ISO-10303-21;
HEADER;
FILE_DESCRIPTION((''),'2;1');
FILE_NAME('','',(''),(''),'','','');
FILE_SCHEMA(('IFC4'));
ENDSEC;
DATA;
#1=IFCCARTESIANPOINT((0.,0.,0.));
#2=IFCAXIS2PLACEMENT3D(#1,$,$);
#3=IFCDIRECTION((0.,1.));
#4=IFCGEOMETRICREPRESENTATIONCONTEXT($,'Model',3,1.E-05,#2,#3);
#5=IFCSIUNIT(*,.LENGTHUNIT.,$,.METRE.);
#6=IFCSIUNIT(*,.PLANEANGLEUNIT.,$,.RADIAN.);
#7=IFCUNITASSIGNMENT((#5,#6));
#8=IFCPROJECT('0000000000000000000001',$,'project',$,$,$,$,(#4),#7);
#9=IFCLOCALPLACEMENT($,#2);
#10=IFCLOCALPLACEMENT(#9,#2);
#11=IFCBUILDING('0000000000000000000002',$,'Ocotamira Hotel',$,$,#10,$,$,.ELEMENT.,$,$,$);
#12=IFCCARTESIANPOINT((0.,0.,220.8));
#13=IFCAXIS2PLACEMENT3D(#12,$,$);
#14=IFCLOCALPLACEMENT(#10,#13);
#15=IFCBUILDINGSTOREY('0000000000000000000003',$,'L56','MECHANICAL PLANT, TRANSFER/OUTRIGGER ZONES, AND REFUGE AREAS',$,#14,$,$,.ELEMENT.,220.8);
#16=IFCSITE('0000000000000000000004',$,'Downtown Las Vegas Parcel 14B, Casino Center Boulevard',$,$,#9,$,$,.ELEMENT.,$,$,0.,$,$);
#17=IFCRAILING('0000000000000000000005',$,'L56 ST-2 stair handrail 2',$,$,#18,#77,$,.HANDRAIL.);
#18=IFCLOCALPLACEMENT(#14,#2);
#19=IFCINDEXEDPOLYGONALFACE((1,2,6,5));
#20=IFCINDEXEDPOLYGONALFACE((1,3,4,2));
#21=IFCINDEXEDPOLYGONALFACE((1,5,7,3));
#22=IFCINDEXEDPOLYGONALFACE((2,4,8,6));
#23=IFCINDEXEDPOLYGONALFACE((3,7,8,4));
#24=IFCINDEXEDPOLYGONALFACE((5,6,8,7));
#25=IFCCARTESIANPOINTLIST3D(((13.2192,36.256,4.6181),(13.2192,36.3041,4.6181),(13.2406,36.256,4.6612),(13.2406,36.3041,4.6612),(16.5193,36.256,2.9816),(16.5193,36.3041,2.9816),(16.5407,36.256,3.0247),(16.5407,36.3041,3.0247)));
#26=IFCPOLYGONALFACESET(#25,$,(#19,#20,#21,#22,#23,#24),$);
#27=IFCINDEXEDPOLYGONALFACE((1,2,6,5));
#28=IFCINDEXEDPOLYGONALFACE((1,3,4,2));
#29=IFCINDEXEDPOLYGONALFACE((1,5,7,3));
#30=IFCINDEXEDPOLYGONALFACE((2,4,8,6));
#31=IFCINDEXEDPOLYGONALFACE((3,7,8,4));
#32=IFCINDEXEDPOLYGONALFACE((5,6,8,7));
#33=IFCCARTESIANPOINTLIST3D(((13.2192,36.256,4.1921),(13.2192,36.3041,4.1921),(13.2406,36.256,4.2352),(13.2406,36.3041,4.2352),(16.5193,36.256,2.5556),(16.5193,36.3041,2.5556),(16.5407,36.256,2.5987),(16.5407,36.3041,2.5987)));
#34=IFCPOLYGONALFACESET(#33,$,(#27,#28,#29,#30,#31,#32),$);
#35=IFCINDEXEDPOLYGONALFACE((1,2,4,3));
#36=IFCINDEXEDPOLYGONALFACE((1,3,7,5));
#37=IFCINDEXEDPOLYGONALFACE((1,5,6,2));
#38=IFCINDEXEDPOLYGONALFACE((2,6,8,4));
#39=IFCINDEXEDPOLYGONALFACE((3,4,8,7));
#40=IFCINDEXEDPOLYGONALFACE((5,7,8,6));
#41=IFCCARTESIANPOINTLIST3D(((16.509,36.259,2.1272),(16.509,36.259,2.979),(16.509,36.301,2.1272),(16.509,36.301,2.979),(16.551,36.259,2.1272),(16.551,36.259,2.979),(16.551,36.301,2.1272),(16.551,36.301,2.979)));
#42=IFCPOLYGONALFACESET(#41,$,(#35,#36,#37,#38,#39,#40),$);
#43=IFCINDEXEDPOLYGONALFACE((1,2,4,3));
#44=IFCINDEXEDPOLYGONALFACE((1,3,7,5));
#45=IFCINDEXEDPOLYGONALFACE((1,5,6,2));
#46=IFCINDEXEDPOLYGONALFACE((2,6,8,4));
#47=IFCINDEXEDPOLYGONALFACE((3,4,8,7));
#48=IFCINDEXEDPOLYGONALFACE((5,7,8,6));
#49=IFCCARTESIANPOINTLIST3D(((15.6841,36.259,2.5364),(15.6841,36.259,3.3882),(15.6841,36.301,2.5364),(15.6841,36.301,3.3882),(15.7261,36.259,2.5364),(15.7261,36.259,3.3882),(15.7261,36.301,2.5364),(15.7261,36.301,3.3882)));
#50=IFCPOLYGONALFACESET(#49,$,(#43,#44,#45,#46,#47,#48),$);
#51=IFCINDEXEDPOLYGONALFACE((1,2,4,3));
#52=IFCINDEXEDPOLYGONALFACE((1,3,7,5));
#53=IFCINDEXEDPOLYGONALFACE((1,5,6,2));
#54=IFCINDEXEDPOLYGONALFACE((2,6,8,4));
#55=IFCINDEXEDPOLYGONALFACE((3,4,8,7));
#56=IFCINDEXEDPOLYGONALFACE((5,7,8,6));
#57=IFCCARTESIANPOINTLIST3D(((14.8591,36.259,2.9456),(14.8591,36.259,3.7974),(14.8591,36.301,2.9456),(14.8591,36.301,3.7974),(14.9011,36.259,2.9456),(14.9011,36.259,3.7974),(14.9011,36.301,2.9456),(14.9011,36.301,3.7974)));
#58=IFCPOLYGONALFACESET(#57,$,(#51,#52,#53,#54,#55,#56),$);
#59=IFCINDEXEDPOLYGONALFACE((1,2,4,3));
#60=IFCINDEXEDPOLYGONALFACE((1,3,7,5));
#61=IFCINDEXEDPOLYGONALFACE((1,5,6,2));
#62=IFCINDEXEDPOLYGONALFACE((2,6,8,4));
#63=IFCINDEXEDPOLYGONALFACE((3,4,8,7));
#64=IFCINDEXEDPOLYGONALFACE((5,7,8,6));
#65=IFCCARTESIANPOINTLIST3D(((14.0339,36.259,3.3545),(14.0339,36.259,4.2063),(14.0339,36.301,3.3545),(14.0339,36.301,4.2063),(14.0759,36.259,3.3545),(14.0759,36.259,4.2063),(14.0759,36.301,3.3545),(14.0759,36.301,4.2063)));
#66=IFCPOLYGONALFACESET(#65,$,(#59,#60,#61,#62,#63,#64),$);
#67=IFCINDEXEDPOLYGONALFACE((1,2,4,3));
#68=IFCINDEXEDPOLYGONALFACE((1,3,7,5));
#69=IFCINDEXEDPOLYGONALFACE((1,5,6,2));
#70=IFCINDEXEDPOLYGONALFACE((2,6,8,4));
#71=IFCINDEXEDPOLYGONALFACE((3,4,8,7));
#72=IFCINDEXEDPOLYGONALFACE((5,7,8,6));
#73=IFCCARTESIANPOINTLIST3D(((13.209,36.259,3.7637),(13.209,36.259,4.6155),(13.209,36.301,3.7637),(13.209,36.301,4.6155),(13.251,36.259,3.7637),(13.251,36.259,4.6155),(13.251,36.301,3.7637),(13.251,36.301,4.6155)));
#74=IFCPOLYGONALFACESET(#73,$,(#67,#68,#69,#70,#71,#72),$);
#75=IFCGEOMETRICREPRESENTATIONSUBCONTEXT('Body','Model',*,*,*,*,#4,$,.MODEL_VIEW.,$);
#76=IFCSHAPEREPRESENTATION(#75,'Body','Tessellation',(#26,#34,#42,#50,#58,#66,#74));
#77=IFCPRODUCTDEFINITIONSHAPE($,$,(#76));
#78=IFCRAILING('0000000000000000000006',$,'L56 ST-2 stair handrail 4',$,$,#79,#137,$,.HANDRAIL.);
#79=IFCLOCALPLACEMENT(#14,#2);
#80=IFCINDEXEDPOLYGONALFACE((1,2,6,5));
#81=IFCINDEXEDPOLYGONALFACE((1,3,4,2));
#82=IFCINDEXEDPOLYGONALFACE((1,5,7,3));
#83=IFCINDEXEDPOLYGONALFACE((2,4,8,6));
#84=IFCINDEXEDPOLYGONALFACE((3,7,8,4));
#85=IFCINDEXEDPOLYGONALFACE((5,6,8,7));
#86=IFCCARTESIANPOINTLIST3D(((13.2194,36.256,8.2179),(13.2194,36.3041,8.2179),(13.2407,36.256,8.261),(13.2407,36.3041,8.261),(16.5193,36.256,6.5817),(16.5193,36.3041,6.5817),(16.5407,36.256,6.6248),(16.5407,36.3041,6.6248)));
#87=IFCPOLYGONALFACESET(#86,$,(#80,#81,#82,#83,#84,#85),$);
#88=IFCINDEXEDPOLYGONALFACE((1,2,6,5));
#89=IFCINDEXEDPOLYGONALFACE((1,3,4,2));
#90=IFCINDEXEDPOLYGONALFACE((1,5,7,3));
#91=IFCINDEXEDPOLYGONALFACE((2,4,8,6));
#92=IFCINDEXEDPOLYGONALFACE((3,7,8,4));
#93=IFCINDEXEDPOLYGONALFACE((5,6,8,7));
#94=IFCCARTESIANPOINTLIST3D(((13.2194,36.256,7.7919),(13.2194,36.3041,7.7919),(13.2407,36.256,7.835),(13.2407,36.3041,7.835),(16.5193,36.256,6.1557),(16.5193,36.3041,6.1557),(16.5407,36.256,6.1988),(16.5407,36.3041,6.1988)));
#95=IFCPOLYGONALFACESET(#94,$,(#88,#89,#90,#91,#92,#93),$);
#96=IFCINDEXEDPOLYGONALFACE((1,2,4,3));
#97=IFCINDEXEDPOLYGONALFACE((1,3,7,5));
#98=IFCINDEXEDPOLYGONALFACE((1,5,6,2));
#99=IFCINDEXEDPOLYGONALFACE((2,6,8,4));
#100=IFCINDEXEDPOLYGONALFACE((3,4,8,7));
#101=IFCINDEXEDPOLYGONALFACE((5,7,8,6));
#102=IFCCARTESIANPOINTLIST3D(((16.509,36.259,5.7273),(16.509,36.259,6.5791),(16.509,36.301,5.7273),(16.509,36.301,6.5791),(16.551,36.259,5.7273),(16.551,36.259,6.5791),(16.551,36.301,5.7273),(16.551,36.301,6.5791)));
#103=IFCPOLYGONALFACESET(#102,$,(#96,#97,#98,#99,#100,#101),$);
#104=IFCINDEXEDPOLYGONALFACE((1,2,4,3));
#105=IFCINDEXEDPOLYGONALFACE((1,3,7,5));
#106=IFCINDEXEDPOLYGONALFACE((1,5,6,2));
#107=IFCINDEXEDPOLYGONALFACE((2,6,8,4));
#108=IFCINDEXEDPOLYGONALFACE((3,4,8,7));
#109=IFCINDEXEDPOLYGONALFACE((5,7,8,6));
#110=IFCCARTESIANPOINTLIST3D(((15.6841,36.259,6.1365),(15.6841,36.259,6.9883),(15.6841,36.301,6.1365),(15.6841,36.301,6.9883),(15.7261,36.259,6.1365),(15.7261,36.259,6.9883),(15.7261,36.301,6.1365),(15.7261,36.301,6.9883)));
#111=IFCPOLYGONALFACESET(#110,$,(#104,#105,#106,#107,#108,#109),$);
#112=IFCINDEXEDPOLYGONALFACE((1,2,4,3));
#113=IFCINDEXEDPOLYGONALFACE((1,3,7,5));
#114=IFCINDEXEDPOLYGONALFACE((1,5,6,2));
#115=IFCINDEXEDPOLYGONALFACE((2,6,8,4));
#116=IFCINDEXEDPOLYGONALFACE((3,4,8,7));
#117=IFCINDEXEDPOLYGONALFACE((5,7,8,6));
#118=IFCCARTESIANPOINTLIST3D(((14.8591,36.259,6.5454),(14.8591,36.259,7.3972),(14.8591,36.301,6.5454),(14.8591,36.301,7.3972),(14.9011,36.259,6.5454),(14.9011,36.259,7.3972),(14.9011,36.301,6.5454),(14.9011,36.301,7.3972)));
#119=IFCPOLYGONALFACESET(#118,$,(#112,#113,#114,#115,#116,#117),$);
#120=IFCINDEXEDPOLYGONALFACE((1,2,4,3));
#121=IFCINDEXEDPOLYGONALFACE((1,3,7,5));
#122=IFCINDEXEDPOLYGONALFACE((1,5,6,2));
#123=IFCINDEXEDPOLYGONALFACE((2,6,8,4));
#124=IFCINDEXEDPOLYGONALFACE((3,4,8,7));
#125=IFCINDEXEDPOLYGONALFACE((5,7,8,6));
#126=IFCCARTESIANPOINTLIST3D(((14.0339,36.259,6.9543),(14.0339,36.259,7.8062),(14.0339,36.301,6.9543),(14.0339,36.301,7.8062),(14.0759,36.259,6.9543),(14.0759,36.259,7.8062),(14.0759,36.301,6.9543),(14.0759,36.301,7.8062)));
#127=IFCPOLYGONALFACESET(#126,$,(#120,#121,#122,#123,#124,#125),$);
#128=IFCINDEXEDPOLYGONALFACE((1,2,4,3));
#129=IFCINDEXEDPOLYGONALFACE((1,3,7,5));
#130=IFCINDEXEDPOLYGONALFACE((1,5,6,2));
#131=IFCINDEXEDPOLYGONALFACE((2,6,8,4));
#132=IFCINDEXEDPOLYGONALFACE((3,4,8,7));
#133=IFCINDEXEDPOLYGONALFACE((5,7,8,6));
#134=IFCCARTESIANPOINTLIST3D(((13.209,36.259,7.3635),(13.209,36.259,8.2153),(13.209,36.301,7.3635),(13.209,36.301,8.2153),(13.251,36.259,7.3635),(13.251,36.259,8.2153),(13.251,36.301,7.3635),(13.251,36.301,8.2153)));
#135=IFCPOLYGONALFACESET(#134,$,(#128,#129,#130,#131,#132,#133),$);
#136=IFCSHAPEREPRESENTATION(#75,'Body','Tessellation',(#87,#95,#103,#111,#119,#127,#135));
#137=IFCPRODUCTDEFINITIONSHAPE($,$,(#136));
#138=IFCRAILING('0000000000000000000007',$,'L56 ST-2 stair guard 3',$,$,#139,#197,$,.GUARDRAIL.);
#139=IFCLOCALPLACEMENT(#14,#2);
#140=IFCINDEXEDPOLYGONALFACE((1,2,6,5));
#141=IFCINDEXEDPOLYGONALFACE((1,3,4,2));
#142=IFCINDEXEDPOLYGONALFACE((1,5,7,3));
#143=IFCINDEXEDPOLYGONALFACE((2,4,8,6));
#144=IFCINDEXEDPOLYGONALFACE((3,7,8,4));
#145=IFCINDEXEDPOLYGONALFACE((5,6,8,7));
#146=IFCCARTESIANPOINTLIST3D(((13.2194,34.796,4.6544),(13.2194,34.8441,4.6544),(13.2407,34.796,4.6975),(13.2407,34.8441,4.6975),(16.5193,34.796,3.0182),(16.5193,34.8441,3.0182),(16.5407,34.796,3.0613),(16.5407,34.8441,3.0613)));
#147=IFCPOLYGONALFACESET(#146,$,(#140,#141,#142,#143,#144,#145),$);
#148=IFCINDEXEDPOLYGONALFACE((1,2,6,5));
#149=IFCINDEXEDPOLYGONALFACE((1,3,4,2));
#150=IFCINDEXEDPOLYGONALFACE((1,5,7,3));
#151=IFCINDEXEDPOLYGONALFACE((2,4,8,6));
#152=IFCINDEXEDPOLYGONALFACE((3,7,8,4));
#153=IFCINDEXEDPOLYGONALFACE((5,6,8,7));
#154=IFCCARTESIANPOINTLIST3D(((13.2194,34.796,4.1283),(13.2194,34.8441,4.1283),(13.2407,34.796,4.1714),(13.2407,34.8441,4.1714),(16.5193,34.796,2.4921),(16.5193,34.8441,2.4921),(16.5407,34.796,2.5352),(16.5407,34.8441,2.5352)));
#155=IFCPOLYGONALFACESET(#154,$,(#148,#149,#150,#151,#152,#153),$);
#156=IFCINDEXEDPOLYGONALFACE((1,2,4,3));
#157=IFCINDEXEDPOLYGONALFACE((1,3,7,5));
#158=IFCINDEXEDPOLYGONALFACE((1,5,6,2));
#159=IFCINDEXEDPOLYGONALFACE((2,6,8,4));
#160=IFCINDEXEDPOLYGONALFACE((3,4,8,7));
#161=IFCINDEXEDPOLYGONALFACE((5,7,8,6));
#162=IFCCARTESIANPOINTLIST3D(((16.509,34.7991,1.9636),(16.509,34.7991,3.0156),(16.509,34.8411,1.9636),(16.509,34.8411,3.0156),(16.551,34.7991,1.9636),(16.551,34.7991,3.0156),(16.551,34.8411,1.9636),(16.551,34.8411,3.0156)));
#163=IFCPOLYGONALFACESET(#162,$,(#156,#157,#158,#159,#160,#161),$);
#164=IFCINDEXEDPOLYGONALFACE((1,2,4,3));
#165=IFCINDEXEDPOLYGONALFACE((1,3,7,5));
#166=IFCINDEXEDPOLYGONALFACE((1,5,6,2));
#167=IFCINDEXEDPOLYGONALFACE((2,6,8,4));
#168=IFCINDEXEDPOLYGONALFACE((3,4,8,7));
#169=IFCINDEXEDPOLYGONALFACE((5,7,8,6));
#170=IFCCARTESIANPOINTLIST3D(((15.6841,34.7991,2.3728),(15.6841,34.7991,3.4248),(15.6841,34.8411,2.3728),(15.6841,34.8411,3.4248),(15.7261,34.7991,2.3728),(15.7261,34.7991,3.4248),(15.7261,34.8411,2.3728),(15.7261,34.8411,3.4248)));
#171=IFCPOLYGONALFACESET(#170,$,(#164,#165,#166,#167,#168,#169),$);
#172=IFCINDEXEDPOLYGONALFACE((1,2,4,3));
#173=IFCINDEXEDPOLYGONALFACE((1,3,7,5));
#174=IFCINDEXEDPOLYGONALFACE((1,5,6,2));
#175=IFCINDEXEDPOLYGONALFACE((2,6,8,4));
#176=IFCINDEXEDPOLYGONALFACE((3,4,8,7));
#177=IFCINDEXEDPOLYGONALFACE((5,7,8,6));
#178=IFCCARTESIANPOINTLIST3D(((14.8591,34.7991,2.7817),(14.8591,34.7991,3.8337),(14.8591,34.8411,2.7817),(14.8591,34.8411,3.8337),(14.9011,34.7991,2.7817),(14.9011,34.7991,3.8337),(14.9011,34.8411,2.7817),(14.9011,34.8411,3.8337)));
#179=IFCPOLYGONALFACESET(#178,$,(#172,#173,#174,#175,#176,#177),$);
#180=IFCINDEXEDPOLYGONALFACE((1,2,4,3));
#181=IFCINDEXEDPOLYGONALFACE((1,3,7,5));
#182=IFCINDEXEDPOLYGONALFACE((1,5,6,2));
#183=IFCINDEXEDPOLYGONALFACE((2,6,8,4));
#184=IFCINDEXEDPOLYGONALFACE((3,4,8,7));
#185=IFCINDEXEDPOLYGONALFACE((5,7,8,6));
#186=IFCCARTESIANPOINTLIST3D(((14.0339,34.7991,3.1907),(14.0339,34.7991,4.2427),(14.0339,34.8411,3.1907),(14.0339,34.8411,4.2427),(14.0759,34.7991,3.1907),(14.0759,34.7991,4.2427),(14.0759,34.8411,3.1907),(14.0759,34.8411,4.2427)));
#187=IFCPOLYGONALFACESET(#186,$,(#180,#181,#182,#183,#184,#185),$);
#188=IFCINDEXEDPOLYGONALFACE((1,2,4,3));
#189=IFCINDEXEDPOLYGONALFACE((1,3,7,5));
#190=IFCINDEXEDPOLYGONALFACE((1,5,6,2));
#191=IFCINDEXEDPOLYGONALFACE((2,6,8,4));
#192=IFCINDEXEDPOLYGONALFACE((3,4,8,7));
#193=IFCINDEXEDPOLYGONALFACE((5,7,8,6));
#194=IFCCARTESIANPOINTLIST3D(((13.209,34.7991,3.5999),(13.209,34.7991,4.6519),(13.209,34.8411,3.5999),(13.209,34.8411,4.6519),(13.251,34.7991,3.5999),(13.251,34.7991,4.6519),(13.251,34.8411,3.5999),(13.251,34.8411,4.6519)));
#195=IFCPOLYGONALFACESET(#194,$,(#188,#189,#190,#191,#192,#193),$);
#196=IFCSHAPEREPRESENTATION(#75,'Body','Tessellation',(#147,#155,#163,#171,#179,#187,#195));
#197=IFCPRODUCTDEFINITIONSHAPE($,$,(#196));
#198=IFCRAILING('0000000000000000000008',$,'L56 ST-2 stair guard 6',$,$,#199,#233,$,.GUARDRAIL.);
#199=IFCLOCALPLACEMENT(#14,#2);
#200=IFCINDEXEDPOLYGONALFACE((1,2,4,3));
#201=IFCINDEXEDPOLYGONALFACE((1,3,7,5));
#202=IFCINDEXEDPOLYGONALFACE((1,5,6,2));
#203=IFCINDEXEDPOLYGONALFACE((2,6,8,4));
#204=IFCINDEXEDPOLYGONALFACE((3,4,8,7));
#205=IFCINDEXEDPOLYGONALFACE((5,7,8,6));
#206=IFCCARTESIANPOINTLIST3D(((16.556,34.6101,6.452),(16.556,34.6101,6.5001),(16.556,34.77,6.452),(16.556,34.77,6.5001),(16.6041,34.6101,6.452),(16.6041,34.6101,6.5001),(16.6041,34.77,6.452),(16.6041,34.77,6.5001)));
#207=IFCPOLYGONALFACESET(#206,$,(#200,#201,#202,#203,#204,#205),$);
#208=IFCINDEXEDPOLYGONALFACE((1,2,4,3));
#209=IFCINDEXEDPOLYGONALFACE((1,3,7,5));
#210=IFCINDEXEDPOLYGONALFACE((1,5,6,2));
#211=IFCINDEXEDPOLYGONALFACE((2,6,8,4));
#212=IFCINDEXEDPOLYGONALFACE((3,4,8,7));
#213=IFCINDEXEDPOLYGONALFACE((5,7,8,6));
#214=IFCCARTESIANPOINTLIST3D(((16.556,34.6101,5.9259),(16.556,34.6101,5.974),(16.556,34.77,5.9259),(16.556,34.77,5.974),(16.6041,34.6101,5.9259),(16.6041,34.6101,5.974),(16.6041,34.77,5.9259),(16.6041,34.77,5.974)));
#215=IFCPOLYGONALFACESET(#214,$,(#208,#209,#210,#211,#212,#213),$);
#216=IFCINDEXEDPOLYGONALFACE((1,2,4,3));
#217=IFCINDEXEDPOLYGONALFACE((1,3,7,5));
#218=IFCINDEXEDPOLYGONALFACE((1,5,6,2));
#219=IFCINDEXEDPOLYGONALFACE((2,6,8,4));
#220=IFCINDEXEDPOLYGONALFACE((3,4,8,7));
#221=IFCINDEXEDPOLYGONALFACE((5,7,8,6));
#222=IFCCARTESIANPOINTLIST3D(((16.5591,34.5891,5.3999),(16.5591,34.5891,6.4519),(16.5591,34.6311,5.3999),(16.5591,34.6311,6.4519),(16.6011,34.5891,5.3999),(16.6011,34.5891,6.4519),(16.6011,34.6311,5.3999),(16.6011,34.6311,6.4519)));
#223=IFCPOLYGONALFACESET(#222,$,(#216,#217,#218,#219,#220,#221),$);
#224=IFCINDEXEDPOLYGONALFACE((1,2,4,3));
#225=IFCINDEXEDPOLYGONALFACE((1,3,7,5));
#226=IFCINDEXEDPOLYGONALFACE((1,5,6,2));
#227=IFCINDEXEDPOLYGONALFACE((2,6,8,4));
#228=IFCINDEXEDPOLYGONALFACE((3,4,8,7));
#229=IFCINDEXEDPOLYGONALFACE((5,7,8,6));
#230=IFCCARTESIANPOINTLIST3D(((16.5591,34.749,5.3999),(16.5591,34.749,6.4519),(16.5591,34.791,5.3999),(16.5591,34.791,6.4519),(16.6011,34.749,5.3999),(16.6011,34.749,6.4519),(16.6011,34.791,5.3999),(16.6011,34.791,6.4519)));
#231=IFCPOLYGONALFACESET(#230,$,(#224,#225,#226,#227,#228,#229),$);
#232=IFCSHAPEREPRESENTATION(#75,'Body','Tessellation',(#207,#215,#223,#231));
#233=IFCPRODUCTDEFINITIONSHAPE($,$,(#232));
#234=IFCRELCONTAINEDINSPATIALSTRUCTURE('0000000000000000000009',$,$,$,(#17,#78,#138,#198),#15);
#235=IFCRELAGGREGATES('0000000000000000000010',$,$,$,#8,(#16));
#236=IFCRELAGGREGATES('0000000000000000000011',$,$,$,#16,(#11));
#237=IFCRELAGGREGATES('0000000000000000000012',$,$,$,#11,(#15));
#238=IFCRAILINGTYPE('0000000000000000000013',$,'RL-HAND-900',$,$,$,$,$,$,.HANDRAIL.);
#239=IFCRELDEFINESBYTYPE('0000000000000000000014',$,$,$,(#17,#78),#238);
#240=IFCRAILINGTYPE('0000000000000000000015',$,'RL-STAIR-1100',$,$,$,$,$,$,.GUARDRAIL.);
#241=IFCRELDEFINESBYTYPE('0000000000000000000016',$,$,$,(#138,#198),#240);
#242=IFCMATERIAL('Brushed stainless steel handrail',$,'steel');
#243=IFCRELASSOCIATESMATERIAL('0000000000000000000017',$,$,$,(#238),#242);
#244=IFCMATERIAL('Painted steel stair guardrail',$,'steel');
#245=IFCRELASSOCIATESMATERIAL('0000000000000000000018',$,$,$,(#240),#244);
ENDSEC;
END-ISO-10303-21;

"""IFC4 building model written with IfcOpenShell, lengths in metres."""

from ifc_helpers import new_model, si_unit, direction, frame, origin, origin_2d, place, context, subcontext, project, spatial, rectangle, extrude, material, type_object, element, save


model = new_model("IFC4")

# Units and contexts
model_context = context("Model", 3, precision=1e-05, world=origin(), true_north=direction((0.0, 1.0)))
body_context = subcontext(model_context, "Body", "Model", "MODEL_VIEW")
ifc_project = project(units=[si_unit("LENGTHUNIT", "METRE"), si_unit("PLANEANGLEUNIT", "RADIAN")], contexts=[model_context])

# Site, building, storey
site_placement = place(None, origin())
site = spatial("IfcSite", under=ifc_project, at=site_placement, Name="Downtown Las Vegas Parcel 14B, Casino Center Boulevard", CompositionType="ELEMENT", RefElevation=0.0)
building_placement = place(site_placement, origin())
building = spatial("IfcBuilding", under=site, at=building_placement, Name="Ocotamira Hotel", CompositionType="ELEMENT")
storey_placement = place(building_placement, frame((0.0, 0.0, 220.8)))
storey = spatial("IfcBuildingStorey", under=building, at=storey_placement, Name="L56", Description="MECHANICAL PLANT, TRANSFER/OUTRIGGER ZONES, AND REFUGE AREAS", CompositionType="ELEMENT", Elevation=220.8)

# Railings
ifc_material_1 = material(Name="Brushed stainless steel handrail", Category="steel")
railing_type_1 = type_object("IfcRailingType", Name="RL-HAND-900", PredefinedType="HANDRAIL", material=ifc_material_1)
railing_1_placement = place(storey_placement, frame((16.53, 36.28, 2.1272)))
element("IfcRailing", 1, at=railing_1_placement, inside=storey, type_object=railing_type_1, Name="L56 ST-2 stair handrail 2", PredefinedType="HANDRAIL", context=body_context, shape_type="SweptSolid", body=[
    extrude(rectangle(XDim=0.0481, YDim=0.0481, at=origin_2d()), frame((0.0, 0.0, 0.876), z_axis=(-0.895894, 0.0, 0.444268), x_axis=(0.0, -1.0, 0.0)), (0.0, 0.0, 1.0), 3.6836),
    extrude(rectangle(XDim=0.0481, YDim=0.0481, at=origin_2d()), frame((0.0, 0.0, 0.45), z_axis=(-0.895894, 0.0, 0.444268), x_axis=(0.0, -1.0, 0.0)), (0.0, 0.0, 1.0), 3.6836),
    extrude(rectangle(XDim=0.042, YDim=0.042, at=origin_2d()), origin(), (0.0, 0.0, 1.0), 0.8518),
    extrude(rectangle(XDim=0.042, YDim=0.042, at=origin_2d()), frame((-0.825, 0.0, 0.4092)), (0.0, 0.0, 1.0), 0.8518),
    extrude(rectangle(XDim=0.042, YDim=0.042, at=origin_2d()), frame((-1.6499, 0.0, 0.8184)), (0.0, 0.0, 1.0), 0.8518),
    extrude(rectangle(XDim=0.042, YDim=0.042, at=origin_2d()), frame((-2.4751, 0.0, 1.2273)), (0.0, 0.0, 1.0), 0.8518),
    extrude(rectangle(XDim=0.042, YDim=0.042, at=origin_2d()), frame((-3.3, 0.0, 1.6365)), (0.0, 0.0, 1.0), 0.8518),
])
railing_2_placement = place(storey_placement, frame((16.53, 36.28, 5.7273)))
element("IfcRailing", 2, at=railing_2_placement, inside=storey, type_object=railing_type_1, Name="L56 ST-2 stair handrail 4", PredefinedType="HANDRAIL", context=body_context, shape_type="SweptSolid", body=[
    extrude(rectangle(XDim=0.0481, YDim=0.0481, at=origin_2d()), frame((0.0, 0.0, 0.876), z_axis=(-0.89592, 0.0, 0.444215), x_axis=(0.0, -1.0, 0.0)), (0.0, 0.0, 1.0), 3.6833),
    extrude(rectangle(XDim=0.0481, YDim=0.0481, at=origin_2d()), frame((0.0, 0.0, 0.45), z_axis=(-0.89592, 0.0, 0.444215), x_axis=(0.0, -1.0, 0.0)), (0.0, 0.0, 1.0), 3.6833),
    extrude(rectangle(XDim=0.042, YDim=0.042, at=origin_2d()), origin(), (0.0, 0.0, 1.0), 0.8518),
    extrude(rectangle(XDim=0.042, YDim=0.042, at=origin_2d()), frame((-0.825, 0.0, 0.4092)), (0.0, 0.0, 1.0), 0.8518),
    extrude(rectangle(XDim=0.042, YDim=0.042, at=origin_2d()), frame((-1.6499, 0.0, 0.8181)), (0.0, 0.0, 1.0), 0.8518),
    extrude(rectangle(XDim=0.042, YDim=0.042, at=origin_2d()), frame((-2.4751, 0.0, 1.2271)), (0.0, 0.0, 1.0), 0.8518),
    extrude(rectangle(XDim=0.042, YDim=0.042, at=origin_2d()), frame((-3.3, 0.0, 1.6362)), (0.0, 0.0, 1.0), 0.8518),
])
ifc_material_2 = material(Name="Painted steel stair guardrail", Category="steel")
railing_type_2 = type_object("IfcRailingType", Name="RL-STAIR-1100", PredefinedType="GUARDRAIL", material=ifc_material_2)
railing_3_placement = place(storey_placement, frame((16.53, 34.8201, 1.9636)))
element("IfcRailing", 3, at=railing_3_placement, inside=storey, type_object=railing_type_2, Name="L56 ST-2 stair guard 3", PredefinedType="GUARDRAIL", context=body_context, shape_type="SweptSolid", body=[
    extrude(rectangle(XDim=0.0481, YDim=0.0481, at=origin_2d()), frame((0.0, 0.0, 1.0762), z_axis=(-0.89592, 0.0, 0.444215), x_axis=(0.0, -1.0, 0.0)), (0.0, 0.0, 1.0), 3.6833),
    extrude(rectangle(XDim=0.0481, YDim=0.0481, at=origin_2d()), frame((0.0, 0.0, 0.55), z_axis=(-0.89592, 0.0, 0.444215), x_axis=(0.0, -1.0, 0.0)), (0.0, 0.0, 1.0), 3.6833),
    extrude(rectangle(XDim=0.042, YDim=0.042, at=origin_2d()), origin(), (0.0, 0.0, 1.0), 1.052),
    extrude(rectangle(XDim=0.042, YDim=0.042, at=origin_2d()), frame((-0.825, 0.0, 0.4092)), (0.0, 0.0, 1.0), 1.052),
    extrude(rectangle(XDim=0.042, YDim=0.042, at=origin_2d()), frame((-1.6499, 0.0, 0.8181)), (0.0, 0.0, 1.0), 1.052),
    extrude(rectangle(XDim=0.042, YDim=0.042, at=origin_2d()), frame((-2.4751, 0.0, 1.2271)), (0.0, 0.0, 1.0), 1.052),
    extrude(rectangle(XDim=0.042, YDim=0.042, at=origin_2d()), frame((-3.3, 0.0, 1.6362)), (0.0, 0.0, 1.0), 1.052),
])
railing_4_placement = place(storey_placement, frame((16.5801, 34.6101, 5.3999)))
element("IfcRailing", 4, at=railing_4_placement, inside=storey, type_object=railing_type_2, Name="L56 ST-2 stair guard 6", PredefinedType="GUARDRAIL", context=body_context, shape_type="SweptSolid", body=[
    extrude(rectangle(XDim=0.0481, YDim=0.0481, at=origin_2d()), frame((0.0, 0.0, 1.0762), z_axis=(0.0, 1.0, 0.0), x_axis=(-1.0, 0.0, 0.0)), (0.0, 0.0, 1.0), 0.1599),
    extrude(rectangle(XDim=0.0481, YDim=0.0481, at=origin_2d()), frame((0.0, 0.0, 0.55), z_axis=(0.0, 1.0, 0.0), x_axis=(-1.0, 0.0, 0.0)), (0.0, 0.0, 1.0), 0.1599),
    extrude(rectangle(XDim=0.042, YDim=0.042, at=origin_2d()), origin(), (0.0, 0.0, 1.0), 1.052),
    extrude(rectangle(XDim=0.042, YDim=0.042, at=origin_2d()), frame((0.0, 0.1599, 0.0)), (0.0, 0.0, 1.0), 1.052),
])

save(model, "model.ifc")
